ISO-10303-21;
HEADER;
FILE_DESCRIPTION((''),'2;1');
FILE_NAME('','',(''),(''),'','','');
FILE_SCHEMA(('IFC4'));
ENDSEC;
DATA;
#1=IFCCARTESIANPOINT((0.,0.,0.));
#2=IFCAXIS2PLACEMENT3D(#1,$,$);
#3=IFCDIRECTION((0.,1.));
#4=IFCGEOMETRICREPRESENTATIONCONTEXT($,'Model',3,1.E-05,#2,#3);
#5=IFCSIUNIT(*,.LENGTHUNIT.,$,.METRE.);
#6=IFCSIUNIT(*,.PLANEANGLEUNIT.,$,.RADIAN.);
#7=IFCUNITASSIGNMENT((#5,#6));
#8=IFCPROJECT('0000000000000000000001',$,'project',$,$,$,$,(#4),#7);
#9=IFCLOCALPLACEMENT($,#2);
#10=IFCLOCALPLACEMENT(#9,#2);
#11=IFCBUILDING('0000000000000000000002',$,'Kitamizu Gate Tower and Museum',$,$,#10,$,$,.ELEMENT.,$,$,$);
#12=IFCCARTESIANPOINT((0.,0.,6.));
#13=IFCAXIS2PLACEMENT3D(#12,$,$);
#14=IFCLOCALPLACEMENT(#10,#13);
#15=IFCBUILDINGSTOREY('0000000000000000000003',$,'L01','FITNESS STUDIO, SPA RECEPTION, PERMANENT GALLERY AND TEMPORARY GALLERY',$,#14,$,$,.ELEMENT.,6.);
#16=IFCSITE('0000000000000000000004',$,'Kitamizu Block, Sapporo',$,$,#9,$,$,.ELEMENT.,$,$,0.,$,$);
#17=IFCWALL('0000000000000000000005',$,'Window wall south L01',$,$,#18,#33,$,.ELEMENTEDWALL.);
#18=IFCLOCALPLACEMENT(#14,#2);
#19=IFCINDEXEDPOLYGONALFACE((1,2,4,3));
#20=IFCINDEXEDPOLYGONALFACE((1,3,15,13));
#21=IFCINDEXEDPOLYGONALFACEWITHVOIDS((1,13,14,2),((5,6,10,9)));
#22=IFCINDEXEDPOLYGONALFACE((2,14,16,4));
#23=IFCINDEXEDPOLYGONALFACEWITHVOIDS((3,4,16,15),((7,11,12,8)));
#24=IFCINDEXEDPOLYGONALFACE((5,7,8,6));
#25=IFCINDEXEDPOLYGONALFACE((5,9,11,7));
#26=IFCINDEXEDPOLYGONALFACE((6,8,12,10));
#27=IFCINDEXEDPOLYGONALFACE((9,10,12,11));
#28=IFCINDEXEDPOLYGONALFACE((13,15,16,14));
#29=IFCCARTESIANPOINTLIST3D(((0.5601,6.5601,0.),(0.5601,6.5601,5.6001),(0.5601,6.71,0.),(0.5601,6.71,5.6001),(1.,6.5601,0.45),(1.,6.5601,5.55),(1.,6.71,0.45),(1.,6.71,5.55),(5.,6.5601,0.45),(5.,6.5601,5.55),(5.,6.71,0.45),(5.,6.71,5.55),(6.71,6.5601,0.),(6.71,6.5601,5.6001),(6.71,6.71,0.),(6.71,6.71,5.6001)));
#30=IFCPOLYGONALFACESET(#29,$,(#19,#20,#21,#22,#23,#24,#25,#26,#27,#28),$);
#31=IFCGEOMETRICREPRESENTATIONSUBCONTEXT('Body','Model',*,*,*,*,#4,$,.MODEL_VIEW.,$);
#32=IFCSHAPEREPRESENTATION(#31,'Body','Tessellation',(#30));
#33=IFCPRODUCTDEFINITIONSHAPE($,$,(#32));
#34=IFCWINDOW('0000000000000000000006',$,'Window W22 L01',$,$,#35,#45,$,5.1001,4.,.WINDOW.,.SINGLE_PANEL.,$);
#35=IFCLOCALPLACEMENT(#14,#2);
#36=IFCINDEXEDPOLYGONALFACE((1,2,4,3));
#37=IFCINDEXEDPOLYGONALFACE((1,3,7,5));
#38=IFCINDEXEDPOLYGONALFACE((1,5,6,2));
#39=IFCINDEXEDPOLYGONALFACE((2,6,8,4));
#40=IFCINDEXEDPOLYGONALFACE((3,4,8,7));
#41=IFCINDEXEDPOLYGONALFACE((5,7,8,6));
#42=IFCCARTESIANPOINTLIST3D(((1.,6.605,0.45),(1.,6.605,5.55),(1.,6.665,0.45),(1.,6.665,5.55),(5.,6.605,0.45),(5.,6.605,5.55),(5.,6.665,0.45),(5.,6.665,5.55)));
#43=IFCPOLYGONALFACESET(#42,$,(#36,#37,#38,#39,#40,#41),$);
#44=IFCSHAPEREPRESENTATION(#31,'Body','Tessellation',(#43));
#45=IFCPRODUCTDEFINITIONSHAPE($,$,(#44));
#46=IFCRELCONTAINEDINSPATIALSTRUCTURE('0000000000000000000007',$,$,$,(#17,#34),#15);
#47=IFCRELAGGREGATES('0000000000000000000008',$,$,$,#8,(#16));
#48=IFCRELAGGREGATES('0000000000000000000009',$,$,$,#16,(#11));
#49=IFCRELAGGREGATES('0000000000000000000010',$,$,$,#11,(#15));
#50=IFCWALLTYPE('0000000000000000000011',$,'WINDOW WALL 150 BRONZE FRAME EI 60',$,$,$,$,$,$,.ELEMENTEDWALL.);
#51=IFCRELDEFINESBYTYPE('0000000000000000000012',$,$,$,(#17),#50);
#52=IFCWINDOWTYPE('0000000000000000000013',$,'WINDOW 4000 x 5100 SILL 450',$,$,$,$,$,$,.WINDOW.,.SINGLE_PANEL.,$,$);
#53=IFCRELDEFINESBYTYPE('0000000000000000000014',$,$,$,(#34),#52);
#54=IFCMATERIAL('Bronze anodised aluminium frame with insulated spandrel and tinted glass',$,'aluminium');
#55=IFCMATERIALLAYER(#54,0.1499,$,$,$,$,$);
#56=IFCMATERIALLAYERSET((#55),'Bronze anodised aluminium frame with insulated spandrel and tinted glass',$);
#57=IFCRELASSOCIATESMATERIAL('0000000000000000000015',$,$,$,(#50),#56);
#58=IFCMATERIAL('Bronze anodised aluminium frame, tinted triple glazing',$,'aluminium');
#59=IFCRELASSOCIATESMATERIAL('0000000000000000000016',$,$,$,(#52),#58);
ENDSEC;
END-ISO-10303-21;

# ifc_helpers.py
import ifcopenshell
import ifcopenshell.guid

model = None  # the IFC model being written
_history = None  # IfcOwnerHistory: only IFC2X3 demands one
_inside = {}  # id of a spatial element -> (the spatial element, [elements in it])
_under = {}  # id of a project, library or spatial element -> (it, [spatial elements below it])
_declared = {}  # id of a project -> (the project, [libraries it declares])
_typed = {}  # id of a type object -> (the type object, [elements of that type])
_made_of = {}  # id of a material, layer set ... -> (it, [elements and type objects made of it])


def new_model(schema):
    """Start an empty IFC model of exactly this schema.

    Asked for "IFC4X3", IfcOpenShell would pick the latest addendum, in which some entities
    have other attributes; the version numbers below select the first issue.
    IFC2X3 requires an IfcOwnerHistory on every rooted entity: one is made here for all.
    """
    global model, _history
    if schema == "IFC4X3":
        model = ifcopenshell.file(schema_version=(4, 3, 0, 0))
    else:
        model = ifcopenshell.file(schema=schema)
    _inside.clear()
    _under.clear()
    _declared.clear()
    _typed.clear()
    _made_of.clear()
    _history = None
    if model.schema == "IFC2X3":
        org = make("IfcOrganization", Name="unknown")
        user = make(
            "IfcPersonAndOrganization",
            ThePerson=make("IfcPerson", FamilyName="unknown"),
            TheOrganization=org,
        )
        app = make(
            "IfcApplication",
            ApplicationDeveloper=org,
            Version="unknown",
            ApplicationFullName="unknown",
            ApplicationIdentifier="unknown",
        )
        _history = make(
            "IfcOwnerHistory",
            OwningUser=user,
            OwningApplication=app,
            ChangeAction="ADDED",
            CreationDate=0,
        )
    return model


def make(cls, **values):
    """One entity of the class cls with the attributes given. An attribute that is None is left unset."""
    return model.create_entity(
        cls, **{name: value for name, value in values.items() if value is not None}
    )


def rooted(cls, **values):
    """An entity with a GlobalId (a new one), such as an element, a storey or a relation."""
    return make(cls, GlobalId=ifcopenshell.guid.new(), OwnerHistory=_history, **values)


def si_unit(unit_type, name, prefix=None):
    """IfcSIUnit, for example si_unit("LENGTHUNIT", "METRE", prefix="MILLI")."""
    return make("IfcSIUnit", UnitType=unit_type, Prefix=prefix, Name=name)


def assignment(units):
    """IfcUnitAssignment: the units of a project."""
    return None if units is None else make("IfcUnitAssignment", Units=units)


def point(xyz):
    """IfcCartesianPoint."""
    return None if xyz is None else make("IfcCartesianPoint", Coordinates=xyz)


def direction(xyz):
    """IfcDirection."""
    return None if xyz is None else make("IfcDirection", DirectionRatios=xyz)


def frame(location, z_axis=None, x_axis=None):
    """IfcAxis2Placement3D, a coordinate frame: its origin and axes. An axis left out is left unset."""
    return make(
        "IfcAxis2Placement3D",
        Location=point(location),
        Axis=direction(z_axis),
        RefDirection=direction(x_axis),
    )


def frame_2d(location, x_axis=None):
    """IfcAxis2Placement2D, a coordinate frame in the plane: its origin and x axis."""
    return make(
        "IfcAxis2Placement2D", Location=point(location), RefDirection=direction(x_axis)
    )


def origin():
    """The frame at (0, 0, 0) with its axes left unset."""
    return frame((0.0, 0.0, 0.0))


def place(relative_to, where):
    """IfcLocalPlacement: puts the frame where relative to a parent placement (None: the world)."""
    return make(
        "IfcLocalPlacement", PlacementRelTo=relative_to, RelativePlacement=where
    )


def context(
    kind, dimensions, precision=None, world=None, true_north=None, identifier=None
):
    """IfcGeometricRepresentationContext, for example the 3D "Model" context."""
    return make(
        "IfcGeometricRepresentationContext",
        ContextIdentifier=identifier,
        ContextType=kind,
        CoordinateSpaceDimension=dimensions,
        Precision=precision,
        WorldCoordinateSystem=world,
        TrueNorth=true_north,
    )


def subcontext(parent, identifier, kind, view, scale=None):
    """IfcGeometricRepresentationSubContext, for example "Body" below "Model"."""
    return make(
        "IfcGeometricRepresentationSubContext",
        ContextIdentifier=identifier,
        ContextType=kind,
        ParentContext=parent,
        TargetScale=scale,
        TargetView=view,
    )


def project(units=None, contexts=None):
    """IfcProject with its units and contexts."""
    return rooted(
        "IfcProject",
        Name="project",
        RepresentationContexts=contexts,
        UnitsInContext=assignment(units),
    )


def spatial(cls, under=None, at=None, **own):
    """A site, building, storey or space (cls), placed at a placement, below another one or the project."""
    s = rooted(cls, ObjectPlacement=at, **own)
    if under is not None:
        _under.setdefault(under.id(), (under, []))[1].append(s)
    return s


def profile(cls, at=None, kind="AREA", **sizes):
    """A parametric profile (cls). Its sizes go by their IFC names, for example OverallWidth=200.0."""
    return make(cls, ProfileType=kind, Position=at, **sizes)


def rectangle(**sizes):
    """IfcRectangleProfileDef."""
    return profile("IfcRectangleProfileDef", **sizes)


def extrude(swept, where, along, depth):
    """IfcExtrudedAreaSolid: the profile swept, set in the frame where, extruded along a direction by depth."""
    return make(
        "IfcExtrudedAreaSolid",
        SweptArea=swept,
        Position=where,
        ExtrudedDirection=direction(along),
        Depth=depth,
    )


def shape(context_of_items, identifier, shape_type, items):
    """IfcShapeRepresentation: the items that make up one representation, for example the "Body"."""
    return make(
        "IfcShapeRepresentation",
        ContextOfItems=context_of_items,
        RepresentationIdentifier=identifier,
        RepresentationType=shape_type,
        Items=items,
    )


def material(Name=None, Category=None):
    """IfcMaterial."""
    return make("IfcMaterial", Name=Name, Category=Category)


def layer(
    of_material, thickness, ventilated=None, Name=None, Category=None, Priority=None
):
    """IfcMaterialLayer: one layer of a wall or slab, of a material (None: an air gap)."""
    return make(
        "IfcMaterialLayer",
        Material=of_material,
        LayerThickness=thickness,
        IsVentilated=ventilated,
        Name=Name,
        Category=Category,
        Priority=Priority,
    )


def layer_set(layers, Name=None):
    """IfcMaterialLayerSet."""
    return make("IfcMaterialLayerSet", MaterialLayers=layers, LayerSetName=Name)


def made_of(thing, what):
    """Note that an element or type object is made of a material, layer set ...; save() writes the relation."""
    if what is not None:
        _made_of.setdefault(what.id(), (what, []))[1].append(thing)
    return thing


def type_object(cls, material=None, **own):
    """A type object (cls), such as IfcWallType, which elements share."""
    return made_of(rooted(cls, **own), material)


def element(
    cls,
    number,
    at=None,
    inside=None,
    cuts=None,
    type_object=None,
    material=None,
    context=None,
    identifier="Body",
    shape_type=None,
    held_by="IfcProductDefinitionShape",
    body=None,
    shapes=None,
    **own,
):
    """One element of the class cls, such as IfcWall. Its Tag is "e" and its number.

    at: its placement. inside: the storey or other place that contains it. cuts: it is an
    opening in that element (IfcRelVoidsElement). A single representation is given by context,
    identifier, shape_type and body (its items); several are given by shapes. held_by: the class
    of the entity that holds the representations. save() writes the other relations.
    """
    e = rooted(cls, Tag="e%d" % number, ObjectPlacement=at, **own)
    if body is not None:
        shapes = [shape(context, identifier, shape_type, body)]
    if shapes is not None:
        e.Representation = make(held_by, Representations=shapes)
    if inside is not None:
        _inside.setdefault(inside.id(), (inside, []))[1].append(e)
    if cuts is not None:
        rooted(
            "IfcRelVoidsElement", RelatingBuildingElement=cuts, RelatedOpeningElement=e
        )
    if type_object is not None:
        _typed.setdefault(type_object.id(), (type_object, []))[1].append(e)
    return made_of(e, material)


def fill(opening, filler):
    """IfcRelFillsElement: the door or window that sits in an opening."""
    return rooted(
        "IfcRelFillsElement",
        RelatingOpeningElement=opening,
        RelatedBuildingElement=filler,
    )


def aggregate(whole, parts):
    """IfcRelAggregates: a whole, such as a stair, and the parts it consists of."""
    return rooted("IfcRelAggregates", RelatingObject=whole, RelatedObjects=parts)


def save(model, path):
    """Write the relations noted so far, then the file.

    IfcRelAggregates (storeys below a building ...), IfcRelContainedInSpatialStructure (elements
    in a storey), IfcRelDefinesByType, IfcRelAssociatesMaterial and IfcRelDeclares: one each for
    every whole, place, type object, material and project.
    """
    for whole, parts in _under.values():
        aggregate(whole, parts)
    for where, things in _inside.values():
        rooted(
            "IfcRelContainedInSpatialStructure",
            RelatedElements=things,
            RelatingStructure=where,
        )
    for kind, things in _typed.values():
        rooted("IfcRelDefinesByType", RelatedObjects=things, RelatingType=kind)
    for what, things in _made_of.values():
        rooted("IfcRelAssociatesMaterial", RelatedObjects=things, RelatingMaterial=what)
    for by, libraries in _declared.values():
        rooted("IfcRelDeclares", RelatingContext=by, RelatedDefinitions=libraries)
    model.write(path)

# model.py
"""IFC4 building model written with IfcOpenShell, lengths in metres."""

from ifc_helpers import new_model, si_unit, direction, frame, frame_2d, origin, place, context, subcontext, project, spatial, rectangle, extrude, material, layer, layer_set, type_object, element, fill, save


model = new_model("IFC4")

# Units and contexts
model_context = context("Model", 3, precision=1e-05, world=origin(), true_north=direction((0.0, 1.0)))
body_context = subcontext(model_context, "Body", "Model", "MODEL_VIEW")
ifc_project = project(units=[si_unit("LENGTHUNIT", "METRE"), si_unit("PLANEANGLEUNIT", "RADIAN")], contexts=[model_context])

# Site, building, storey
site_placement = place(None, origin())
site = spatial("IfcSite", under=ifc_project, at=site_placement, Name="Kitamizu Block, Sapporo", CompositionType="ELEMENT", RefElevation=0.0)
building_placement = place(site_placement, origin())
building = spatial("IfcBuilding", under=site, at=building_placement, Name="Kitamizu Gate Tower and Museum", CompositionType="ELEMENT")
storey_placement = place(building_placement, frame((0.0, 0.0, 6.0)))
storey = spatial("IfcBuildingStorey", under=building, at=storey_placement, Name="L01", Description="FITNESS STUDIO, SPA RECEPTION, PERMANENT GALLERY AND TEMPORARY GALLERY", CompositionType="ELEMENT", Elevation=6.0)

# Shared definitions
ifc_material_1 = material(Name="Bronze anodised aluminium frame with insulated spandrel and tinted glass", Category="aluminium")
ifc_layer_1 = layer(ifc_material_1, 0.1499)
ifc_layer_set_1 = layer_set([ifc_layer_1], Name="Bronze anodised aluminium frame with insulated spandrel and tinted glass")
wall_type = type_object("IfcWallType", Name="WINDOW WALL 150 BRONZE FRAME EI 60", PredefinedType="ELEMENTEDWALL", material=ifc_layer_set_1)
ifc_material_2 = material(Name="Bronze anodised aluminium frame, tinted triple glazing", Category="aluminium")
window_type_1 = type_object("IfcWindowType", Name="WINDOW 4000 x 5100 SILL 450", PartitioningType="SINGLE_PANEL", PredefinedType="WINDOW", material=ifc_material_2)

# Wall, opening, window
wall_1_placement = place(storey_placement, frame((0.5601, 6.635, 0.0), z_axis=(0.0, 0.0, 1.0), x_axis=(1.0, 0.0, 0.0)))
wall_1 = element("IfcWall", 1, at=wall_1_placement, inside=storey, type_object=wall_type, Name="Window wall south L01", PredefinedType="ELEMENTEDWALL", context=body_context, shape_type="SweptSolid", body=[
    extrude(rectangle(XDim=6.1499, YDim=0.1499, at=frame_2d((3.075, 0.0))), origin(), (0.0, 0.0, 1.0), 5.6001),
])
opening_1_placement = place(wall_1_placement, frame((0.4399, 0.0, 0.45)))
opening_1 = element("IfcOpeningElement", 2, at=opening_1_placement, cuts=wall_1, PredefinedType="OPENING", context=body_context, shape_type="SweptSolid", body=[
    extrude(rectangle(XDim=4.0, YDim=5.1001, at=frame_2d((2.0, 2.55))), frame((0.0, 0.085, 0.0), z_axis=(0.0, -1.0, 0.0), x_axis=(1.0, 0.0, 0.0)), (0.0, 0.0, 1.0), 0.1699),
])
window_1_placement = place(opening_1_placement, origin())
window_1 = element("IfcWindow", 3, at=window_1_placement, inside=storey, type_object=window_type_1, Name="Window W22 L01", OverallHeight=5.1001, OverallWidth=4.0, PartitioningType="SINGLE_PANEL", PredefinedType="WINDOW", context=body_context, shape_type="SweptSolid", body=[
    extrude(rectangle(XDim=4.0, YDim=5.1001, at=frame_2d((2.0, 2.55))), frame((0.0, 0.03, 0.0), z_axis=(0.0, -1.0, 0.0), x_axis=(1.0, 0.0, 0.0)), (0.0, 0.0, 1.0), 0.0601),
])
fill(opening_1, window_1)

save(model, "model.ifc")
